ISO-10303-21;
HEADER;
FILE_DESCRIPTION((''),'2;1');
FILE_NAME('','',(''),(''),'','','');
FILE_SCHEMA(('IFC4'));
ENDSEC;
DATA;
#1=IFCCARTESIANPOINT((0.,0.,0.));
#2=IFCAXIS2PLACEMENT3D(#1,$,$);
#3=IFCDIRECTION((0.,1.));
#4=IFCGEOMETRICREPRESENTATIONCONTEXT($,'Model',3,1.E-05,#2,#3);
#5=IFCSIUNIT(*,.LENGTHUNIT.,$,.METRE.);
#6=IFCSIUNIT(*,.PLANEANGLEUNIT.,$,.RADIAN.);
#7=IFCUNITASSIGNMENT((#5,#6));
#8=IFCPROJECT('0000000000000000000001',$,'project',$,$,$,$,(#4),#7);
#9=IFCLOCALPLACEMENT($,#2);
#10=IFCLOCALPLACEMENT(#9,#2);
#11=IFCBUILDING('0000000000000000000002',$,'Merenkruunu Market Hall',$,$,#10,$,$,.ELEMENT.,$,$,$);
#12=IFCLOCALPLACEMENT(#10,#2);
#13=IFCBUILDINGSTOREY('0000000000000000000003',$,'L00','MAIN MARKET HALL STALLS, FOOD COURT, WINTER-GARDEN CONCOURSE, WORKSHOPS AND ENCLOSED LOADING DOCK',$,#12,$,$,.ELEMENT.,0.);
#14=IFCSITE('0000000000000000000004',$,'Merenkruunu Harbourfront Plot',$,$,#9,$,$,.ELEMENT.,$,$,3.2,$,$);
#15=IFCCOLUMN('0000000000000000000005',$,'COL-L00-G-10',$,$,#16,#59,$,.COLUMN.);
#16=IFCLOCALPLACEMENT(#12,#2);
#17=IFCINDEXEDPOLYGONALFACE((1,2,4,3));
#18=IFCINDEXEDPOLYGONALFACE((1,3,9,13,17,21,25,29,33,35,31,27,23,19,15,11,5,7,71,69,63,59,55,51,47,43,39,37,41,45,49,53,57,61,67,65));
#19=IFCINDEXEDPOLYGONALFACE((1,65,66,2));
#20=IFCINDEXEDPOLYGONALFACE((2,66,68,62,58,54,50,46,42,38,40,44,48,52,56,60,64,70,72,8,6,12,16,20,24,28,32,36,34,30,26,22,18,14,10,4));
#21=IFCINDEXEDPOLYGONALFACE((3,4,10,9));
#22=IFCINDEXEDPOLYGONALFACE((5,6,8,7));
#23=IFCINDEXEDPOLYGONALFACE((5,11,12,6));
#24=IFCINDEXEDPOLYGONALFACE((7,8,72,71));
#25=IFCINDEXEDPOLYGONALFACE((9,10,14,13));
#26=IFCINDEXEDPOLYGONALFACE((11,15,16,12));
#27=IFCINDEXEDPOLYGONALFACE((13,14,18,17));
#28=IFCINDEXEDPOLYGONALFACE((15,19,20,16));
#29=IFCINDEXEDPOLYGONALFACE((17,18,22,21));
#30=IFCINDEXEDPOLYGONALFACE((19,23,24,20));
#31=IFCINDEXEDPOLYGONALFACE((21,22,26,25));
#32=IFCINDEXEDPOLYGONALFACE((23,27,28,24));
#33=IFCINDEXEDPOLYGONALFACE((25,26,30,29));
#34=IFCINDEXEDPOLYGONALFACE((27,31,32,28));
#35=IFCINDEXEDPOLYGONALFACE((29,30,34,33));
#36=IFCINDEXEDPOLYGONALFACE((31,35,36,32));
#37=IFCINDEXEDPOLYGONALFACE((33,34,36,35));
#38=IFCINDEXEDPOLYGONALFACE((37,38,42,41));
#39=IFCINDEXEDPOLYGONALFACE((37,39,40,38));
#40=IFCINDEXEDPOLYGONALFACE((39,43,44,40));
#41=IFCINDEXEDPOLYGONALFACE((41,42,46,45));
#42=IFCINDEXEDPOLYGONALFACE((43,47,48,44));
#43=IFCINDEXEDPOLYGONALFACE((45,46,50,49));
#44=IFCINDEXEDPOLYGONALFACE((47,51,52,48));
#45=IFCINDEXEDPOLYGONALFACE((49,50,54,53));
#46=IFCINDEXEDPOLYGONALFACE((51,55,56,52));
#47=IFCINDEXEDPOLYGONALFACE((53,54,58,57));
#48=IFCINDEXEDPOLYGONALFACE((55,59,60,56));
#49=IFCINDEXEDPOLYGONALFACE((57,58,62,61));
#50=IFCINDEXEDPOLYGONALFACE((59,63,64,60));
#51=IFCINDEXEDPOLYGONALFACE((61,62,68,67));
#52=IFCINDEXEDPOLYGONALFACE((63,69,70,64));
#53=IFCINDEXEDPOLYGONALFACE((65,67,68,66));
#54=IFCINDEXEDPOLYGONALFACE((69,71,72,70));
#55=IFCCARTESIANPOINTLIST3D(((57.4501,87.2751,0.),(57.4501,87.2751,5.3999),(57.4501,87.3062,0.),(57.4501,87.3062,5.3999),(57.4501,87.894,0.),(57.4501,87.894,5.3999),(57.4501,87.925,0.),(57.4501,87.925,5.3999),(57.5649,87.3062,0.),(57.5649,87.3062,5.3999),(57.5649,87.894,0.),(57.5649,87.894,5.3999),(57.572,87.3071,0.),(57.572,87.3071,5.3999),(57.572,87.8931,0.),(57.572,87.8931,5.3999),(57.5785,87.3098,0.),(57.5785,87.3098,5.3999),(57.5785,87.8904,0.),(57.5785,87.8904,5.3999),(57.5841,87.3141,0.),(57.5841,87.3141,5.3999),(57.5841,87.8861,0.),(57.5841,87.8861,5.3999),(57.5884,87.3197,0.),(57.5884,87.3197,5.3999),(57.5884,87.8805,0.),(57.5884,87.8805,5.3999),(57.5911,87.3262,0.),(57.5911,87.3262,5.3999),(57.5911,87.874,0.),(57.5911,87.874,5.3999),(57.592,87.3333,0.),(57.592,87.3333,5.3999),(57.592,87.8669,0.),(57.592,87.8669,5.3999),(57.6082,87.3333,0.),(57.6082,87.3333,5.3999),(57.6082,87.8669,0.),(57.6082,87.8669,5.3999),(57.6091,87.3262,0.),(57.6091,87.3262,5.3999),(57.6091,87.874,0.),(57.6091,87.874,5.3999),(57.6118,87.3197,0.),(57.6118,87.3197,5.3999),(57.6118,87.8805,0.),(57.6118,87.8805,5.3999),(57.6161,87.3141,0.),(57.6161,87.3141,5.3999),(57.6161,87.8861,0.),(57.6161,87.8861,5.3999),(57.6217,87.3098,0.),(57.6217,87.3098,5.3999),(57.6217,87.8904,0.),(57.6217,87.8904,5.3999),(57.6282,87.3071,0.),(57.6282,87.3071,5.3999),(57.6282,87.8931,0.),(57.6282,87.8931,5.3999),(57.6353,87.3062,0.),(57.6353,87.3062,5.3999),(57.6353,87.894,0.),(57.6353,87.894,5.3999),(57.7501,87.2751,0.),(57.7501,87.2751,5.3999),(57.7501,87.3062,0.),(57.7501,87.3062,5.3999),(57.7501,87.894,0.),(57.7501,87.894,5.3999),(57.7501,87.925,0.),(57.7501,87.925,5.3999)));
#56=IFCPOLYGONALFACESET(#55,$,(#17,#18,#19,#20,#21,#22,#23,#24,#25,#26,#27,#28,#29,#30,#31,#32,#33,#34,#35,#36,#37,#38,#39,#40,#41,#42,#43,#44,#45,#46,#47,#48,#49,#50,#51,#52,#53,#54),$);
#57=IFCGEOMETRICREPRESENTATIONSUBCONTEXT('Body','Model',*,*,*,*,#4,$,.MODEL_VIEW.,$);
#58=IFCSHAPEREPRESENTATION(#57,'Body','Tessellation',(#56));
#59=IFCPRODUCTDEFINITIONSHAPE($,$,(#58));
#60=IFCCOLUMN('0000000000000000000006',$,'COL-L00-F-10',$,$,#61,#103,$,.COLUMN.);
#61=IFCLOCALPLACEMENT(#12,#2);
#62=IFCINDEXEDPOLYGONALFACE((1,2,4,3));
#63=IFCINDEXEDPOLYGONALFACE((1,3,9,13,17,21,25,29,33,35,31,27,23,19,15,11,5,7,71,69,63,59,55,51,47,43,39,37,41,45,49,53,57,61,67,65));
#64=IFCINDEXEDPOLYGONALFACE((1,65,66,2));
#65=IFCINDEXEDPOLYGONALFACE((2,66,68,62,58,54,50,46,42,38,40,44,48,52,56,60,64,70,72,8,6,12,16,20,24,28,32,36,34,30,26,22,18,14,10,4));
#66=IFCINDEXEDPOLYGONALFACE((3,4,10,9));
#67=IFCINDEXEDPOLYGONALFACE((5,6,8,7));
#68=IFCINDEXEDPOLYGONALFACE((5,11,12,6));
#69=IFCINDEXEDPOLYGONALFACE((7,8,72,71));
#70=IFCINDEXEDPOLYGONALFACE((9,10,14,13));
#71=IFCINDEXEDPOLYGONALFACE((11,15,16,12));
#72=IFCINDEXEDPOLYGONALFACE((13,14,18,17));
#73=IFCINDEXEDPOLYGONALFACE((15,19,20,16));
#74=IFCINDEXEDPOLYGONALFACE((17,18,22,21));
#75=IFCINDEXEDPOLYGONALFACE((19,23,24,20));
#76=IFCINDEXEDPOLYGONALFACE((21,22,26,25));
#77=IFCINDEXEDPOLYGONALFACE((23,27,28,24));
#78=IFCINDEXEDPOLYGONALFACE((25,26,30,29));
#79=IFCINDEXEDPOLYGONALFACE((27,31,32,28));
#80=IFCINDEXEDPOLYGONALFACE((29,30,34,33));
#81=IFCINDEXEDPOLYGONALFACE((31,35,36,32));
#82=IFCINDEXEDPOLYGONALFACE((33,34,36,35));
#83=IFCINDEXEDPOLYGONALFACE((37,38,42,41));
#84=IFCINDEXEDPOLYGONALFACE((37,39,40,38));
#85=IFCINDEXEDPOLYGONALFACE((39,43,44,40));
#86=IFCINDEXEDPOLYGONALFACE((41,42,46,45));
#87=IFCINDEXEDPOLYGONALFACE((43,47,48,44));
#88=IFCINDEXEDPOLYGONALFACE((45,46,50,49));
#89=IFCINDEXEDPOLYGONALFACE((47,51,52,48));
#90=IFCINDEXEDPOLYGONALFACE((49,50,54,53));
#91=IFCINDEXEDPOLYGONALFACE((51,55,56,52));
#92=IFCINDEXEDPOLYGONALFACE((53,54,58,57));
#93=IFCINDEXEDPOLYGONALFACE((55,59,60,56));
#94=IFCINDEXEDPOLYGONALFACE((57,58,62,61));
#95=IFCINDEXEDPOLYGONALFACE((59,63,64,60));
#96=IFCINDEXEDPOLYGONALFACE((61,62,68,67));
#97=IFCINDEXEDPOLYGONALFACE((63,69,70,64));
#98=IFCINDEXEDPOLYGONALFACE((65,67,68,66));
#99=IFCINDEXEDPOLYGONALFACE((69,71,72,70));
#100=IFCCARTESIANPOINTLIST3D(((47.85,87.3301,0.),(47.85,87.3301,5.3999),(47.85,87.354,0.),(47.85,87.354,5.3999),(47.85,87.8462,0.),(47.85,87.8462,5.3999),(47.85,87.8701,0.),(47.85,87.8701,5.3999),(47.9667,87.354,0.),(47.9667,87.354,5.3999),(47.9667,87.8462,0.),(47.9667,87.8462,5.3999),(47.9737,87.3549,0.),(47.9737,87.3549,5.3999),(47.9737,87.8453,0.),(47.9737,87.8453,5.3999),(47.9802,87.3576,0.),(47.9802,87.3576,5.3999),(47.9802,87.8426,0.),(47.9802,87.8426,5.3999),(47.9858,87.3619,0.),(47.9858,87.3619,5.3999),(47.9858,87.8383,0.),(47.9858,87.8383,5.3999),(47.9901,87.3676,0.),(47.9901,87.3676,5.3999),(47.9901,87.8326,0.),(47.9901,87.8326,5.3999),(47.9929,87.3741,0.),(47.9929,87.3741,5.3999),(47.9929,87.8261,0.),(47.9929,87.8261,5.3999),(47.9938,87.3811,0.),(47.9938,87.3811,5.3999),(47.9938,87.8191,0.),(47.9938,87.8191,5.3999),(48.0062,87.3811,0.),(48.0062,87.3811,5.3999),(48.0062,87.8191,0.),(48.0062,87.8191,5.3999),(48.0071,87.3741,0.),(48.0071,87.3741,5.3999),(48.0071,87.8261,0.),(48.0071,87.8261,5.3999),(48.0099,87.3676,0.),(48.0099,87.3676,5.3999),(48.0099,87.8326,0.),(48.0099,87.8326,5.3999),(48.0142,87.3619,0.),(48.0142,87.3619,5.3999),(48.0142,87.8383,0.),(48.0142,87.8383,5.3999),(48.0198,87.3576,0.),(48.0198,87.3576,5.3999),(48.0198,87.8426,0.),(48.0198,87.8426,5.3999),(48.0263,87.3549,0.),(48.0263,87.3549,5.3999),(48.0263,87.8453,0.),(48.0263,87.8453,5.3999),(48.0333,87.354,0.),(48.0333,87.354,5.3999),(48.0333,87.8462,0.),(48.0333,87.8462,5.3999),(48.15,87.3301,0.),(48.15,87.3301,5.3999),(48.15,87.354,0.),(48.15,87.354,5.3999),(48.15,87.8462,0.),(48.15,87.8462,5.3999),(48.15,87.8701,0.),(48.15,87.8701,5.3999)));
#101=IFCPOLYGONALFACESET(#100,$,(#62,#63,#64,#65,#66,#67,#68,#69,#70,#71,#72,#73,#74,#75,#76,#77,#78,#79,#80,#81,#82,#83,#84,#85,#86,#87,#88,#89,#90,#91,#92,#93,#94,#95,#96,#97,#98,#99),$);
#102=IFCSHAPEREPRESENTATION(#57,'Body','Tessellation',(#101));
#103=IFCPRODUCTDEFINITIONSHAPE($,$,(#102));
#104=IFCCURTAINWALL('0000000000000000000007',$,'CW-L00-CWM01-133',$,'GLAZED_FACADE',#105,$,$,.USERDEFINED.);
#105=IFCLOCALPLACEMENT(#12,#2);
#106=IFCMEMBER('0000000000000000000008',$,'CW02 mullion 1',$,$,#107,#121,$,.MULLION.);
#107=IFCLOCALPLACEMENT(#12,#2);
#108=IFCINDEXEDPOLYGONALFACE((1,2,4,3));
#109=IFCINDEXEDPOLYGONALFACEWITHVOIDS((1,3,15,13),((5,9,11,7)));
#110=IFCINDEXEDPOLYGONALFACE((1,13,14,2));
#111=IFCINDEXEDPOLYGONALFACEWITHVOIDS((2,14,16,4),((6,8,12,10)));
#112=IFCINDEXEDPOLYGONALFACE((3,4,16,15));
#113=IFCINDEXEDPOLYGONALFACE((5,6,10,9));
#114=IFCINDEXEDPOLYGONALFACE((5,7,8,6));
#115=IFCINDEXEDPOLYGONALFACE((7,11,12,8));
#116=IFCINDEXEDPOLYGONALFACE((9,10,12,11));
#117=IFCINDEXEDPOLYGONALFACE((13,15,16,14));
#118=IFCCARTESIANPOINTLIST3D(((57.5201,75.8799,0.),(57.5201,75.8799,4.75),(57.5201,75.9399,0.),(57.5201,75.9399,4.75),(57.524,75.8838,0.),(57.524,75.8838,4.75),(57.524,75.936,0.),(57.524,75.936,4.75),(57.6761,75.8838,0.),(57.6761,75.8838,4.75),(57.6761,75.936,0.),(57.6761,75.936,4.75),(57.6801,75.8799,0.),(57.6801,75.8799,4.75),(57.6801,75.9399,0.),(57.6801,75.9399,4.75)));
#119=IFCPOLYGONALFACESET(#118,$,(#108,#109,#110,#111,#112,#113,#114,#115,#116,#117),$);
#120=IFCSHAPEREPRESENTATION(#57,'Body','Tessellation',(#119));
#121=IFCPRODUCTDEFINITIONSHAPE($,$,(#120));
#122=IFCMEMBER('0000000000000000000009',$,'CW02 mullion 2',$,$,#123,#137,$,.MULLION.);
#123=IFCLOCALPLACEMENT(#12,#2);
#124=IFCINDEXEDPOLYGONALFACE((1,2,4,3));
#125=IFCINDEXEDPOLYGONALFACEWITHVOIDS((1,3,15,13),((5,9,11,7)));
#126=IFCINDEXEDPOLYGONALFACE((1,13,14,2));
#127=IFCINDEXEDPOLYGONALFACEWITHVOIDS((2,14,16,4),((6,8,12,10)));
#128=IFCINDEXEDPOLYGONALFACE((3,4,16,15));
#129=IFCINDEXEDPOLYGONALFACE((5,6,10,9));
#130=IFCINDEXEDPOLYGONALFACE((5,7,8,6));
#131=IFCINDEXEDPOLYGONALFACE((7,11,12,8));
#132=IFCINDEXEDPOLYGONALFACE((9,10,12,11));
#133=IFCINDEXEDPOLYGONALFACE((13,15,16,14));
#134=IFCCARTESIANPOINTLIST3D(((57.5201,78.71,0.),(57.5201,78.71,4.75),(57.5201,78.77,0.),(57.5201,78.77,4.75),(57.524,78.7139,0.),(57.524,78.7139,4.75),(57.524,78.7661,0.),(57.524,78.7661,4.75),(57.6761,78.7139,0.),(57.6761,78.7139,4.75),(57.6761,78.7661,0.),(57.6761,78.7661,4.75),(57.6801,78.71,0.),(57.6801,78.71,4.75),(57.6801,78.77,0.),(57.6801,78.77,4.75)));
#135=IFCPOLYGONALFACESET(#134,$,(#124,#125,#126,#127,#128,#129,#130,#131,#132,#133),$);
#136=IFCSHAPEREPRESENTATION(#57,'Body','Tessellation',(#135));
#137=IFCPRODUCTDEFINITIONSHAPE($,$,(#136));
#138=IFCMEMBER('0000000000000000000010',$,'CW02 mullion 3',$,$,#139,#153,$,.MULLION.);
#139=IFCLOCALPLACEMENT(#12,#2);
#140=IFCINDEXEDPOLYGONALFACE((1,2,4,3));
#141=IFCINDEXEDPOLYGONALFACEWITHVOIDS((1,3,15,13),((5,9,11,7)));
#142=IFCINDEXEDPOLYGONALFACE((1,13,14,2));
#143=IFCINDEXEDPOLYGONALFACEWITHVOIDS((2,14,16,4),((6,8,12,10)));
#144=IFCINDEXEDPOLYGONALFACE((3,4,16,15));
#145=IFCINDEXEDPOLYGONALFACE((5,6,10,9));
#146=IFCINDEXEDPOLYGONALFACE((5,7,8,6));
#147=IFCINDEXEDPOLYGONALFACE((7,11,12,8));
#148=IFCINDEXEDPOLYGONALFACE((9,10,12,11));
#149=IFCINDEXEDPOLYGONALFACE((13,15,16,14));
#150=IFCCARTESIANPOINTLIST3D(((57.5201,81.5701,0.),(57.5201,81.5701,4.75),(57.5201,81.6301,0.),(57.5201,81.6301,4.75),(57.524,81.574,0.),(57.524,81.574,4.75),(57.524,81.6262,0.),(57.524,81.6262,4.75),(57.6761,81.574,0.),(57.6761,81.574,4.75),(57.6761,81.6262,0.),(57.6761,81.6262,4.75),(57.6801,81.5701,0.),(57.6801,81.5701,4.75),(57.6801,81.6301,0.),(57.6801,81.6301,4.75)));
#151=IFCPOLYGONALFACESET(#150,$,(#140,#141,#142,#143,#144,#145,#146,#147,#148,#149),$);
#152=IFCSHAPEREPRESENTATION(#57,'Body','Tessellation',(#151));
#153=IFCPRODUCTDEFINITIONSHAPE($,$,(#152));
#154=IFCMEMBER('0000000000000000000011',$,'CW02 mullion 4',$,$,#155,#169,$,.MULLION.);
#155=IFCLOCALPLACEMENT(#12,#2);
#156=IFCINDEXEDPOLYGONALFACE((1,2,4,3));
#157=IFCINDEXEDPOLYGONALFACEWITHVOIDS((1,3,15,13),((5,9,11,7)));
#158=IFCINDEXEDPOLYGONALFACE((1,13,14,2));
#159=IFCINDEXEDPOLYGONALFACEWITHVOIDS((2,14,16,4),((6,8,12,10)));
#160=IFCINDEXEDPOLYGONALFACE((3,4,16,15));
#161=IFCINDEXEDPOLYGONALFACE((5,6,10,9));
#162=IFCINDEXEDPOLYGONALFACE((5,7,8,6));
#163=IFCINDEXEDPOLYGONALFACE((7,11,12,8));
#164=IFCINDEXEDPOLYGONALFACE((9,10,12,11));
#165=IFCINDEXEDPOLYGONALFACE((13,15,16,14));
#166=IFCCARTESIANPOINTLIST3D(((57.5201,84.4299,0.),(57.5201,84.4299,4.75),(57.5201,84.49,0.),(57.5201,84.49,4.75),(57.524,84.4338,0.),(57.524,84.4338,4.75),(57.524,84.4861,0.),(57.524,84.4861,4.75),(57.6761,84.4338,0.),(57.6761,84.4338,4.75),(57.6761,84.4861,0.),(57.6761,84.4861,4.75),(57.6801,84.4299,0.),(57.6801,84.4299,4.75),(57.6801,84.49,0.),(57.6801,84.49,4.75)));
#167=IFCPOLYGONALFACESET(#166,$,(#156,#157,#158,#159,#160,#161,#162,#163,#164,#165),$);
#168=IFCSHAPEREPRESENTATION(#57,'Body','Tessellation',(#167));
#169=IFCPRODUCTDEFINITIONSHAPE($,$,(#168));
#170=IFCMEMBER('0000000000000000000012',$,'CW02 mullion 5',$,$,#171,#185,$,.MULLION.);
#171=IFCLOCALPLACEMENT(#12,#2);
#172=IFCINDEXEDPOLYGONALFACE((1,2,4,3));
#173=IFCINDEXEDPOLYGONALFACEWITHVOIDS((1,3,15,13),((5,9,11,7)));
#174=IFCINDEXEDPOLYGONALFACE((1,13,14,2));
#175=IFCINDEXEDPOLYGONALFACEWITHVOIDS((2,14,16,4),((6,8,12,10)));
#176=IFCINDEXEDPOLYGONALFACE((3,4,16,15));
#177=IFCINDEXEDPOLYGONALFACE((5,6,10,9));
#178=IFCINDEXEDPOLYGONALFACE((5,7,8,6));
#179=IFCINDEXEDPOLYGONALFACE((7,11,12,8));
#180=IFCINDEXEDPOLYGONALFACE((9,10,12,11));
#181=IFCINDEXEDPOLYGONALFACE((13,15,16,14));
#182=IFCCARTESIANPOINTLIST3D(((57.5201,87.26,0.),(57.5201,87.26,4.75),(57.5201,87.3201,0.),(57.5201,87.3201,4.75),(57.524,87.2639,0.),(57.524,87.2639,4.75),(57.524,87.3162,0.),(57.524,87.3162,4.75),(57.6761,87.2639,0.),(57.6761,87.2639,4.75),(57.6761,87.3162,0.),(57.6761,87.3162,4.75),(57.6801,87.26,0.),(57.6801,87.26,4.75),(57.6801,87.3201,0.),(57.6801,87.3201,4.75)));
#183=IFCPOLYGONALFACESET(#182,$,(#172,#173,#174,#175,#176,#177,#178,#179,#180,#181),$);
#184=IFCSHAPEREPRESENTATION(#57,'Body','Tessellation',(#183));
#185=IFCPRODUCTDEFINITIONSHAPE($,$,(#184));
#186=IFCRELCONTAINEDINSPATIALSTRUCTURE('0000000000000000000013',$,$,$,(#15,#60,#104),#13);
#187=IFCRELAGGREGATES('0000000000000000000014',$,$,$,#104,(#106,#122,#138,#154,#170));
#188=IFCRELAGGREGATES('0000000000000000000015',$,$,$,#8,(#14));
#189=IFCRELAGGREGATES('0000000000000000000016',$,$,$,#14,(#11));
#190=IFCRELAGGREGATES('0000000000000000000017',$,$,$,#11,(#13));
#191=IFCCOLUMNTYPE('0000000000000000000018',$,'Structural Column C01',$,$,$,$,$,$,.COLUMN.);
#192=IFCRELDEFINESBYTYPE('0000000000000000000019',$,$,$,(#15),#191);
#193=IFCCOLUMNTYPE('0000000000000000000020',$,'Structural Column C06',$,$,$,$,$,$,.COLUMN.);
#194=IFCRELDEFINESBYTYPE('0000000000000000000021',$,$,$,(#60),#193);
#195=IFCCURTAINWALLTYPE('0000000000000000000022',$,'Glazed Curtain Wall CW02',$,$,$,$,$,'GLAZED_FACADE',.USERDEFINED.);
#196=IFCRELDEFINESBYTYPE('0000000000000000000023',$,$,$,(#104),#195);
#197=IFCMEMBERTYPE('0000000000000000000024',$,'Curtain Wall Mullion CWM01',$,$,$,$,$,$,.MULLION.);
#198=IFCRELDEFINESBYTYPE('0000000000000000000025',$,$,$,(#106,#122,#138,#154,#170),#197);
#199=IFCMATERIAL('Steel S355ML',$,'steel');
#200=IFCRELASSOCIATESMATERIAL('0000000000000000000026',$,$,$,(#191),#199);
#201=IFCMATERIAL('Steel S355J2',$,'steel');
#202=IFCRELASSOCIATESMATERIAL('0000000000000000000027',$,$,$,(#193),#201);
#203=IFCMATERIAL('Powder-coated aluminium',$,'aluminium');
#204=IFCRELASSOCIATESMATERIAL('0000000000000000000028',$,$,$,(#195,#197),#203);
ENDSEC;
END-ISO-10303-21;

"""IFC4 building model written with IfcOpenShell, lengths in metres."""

from ifc_helpers import new_model, si_unit, direction, frame, origin, origin_2d, place, context, subcontext, project, spatial, hollow_rectangle, i_section, extrude, material, material_profile, profile_set, type_object, element, aggregate, save


model = new_model("IFC4")

# Units and contexts
model_context = context("Model", 3, precision=1e-05, world=origin(), true_north=direction((0.0, 1.0)))
body_context = subcontext(model_context, "Body", "Model", "MODEL_VIEW")
ifc_project = project(units=[si_unit("LENGTHUNIT", "METRE"), si_unit("PLANEANGLEUNIT", "RADIAN")], contexts=[model_context])

# Site, building, storey
site_placement = place(None, origin())
site = spatial("IfcSite", under=ifc_project, at=site_placement, Name="Merenkruunu Harbourfront Plot", CompositionType="ELEMENT", RefElevation=3.2)
building_placement = place(site_placement, origin())
building = spatial("IfcBuilding", under=site, at=building_placement, Name="Merenkruunu Market Hall", CompositionType="ELEMENT")
storey_placement = place(building_placement, origin())
storey = spatial("IfcBuildingStorey", under=building, at=storey_placement, Name="L00", Description="MAIN MARKET HALL STALLS, FOOD COURT, WINTER-GARDEN CONCOURSE, WORKSHOPS AND ENCLOSED LOADING DOCK", CompositionType="ELEMENT", Elevation=0.0)

# Columns
ifc_material_1 = material(Name="Steel S355ML", Category="steel")
ifc_material_profile_1 = material_profile(ifc_material_1, i_section(OverallWidth=0.3, OverallDepth=0.6499, WebThickness=0.0161, FlangeThickness=0.031, FilletRadius=0.0271, at=origin_2d()), Name="HEB 650")
ifc_profile_set_1 = profile_set([ifc_material_profile_1], Name="Steel S355ML")
column_type_1 = type_object("IfcColumnType", Name="Structural Column C01", PredefinedType="COLUMN", material=ifc_profile_set_1)
column_1_placement = place(storey_placement, frame((57.6001, 87.6001, 0.0), z_axis=(0.0, 0.0, 1.0), x_axis=(1.0, 0.0, 0.0)))
element("IfcColumn", 1, at=column_1_placement, inside=storey, type_object=column_type_1, Name="COL-L00-G-10", PredefinedType="COLUMN", context=body_context, shape_type="SweptSolid", body=[
    extrude(i_section(OverallWidth=0.3, OverallDepth=0.6499, WebThickness=0.0161, FlangeThickness=0.031, FilletRadius=0.0271, at=origin_2d()), origin(), (0.0, 0.0, 1.0), 5.3999),
])
ifc_material_2 = material(Name="Steel S355J2", Category="steel")
ifc_material_profile_2 = material_profile(ifc_material_2, i_section(OverallWidth=0.3, OverallDepth=0.54, WebThickness=0.0125, FlangeThickness=0.0239, FilletRadius=0.0271, at=origin_2d()), Name="HEA 550")
ifc_profile_set_2 = profile_set([ifc_material_profile_2], Name="Steel S355J2")
column_type_2 = type_object("IfcColumnType", Name="Structural Column C06", PredefinedType="COLUMN", material=ifc_profile_set_2)
column_2_placement = place(storey_placement, frame((48.0, 87.6001, 0.0), z_axis=(0.0, 0.0, 1.0), x_axis=(1.0, 0.0, 0.0)))
element("IfcColumn", 2, at=column_2_placement, inside=storey, type_object=column_type_2, Name="COL-L00-F-10", PredefinedType="COLUMN", context=body_context, shape_type="SweptSolid", body=[
    extrude(i_section(OverallWidth=0.3, OverallDepth=0.54, WebThickness=0.0125, FlangeThickness=0.0239, FilletRadius=0.0271, at=origin_2d()), origin(), (0.0, 0.0, 1.0), 5.3999),
])

# Curtain wall, members
ifc_material_3 = material(Name="Powder-coated aluminium", Category="aluminium")
curtain_wall_type = type_object("IfcCurtainWallType", Name="Glazed Curtain Wall CW02", ElementType="GLAZED_FACADE", PredefinedType="USERDEFINED", material=ifc_material_3)
curtain_wall_placement = place(storey_placement, origin())
curtain_wall = element("IfcCurtainWall", 3, at=curtain_wall_placement, inside=storey, type_object=curtain_wall_type, Name="CW-L00-CWM01-133", ObjectType="GLAZED_FACADE", PredefinedType="USERDEFINED")
ifc_material_profile_3 = material_profile(ifc_material_3, hollow_rectangle(XDim=0.0601, YDim=0.1599, WallThickness=0.0039, at=origin_2d()), Name="ALU 60x160x4")
ifc_profile_set_3 = profile_set([ifc_material_profile_3], Name="Powder-coated aluminium")
member_type_1 = type_object("IfcMemberType", Name="Curtain Wall Mullion CWM01", PredefinedType="MULLION", material=ifc_profile_set_3)
member_1_placement = place(storey_placement, frame((57.6001, 75.9099, 0.0), z_axis=(0.0, 0.0, 1.0), x_axis=(0.0, 1.0, 0.0)))
member_1 = element("IfcMember", 4, at=member_1_placement, type_object=member_type_1, Name="CW02 mullion 1", PredefinedType="MULLION", context=body_context, shape_type="SweptSolid", body=[
    extrude(hollow_rectangle(XDim=0.0601, YDim=0.1599, WallThickness=0.0039, at=origin_2d()), origin(), (0.0, 0.0, 1.0), 4.75),
])
member_2_placement = place(storey_placement, frame((57.6001, 78.74, 0.0), z_axis=(0.0, 0.0, 1.0), x_axis=(0.0, 1.0, 0.0)))
member_2 = element("IfcMember", 5, at=member_2_placement, type_object=member_type_1, Name="CW02 mullion 2", PredefinedType="MULLION", context=body_context, shape_type="SweptSolid", body=[
    extrude(hollow_rectangle(XDim=0.0601, YDim=0.1599, WallThickness=0.0039, at=origin_2d()), origin(), (0.0, 0.0, 1.0), 4.75),
])
member_3_placement = place(storey_placement, frame((57.6001, 81.6001, 0.0), z_axis=(0.0, 0.0, 1.0), x_axis=(0.0, 1.0, 0.0)))
member_3 = element("IfcMember", 6, at=member_3_placement, type_object=member_type_1, Name="CW02 mullion 3", PredefinedType="MULLION", context=body_context, shape_type="SweptSolid", body=[
    extrude(hollow_rectangle(XDim=0.0601, YDim=0.1599, WallThickness=0.0039, at=origin_2d()), origin(), (0.0, 0.0, 1.0), 4.75),
])
member_4_placement = place(storey_placement, frame((57.6001, 84.46, 0.0), z_axis=(0.0, 0.0, 1.0), x_axis=(0.0, 1.0, 0.0)))
member_4 = element("IfcMember", 7, at=member_4_placement, type_object=member_type_1, Name="CW02 mullion 4", PredefinedType="MULLION", context=body_context, shape_type="SweptSolid", body=[
    extrude(hollow_rectangle(XDim=0.0601, YDim=0.1599, WallThickness=0.0039, at=origin_2d()), origin(), (0.0, 0.0, 1.0), 4.75),
])
member_5_placement = place(storey_placement, frame((57.6001, 87.29, 0.0), z_axis=(0.0, 0.0, 1.0), x_axis=(0.0, 1.0, 0.0)))
member_5 = element("IfcMember", 8, at=member_5_placement, type_object=member_type_1, Name="CW02 mullion 5", PredefinedType="MULLION", context=body_context, shape_type="SweptSolid", body=[
    extrude(hollow_rectangle(XDim=0.0601, YDim=0.1599, WallThickness=0.0039, at=origin_2d()), origin(), (0.0, 0.0, 1.0), 4.75),
])

aggregate(curtain_wall, [member_1, member_2, member_3, member_4, member_5])

save(model, "model.ifc")
